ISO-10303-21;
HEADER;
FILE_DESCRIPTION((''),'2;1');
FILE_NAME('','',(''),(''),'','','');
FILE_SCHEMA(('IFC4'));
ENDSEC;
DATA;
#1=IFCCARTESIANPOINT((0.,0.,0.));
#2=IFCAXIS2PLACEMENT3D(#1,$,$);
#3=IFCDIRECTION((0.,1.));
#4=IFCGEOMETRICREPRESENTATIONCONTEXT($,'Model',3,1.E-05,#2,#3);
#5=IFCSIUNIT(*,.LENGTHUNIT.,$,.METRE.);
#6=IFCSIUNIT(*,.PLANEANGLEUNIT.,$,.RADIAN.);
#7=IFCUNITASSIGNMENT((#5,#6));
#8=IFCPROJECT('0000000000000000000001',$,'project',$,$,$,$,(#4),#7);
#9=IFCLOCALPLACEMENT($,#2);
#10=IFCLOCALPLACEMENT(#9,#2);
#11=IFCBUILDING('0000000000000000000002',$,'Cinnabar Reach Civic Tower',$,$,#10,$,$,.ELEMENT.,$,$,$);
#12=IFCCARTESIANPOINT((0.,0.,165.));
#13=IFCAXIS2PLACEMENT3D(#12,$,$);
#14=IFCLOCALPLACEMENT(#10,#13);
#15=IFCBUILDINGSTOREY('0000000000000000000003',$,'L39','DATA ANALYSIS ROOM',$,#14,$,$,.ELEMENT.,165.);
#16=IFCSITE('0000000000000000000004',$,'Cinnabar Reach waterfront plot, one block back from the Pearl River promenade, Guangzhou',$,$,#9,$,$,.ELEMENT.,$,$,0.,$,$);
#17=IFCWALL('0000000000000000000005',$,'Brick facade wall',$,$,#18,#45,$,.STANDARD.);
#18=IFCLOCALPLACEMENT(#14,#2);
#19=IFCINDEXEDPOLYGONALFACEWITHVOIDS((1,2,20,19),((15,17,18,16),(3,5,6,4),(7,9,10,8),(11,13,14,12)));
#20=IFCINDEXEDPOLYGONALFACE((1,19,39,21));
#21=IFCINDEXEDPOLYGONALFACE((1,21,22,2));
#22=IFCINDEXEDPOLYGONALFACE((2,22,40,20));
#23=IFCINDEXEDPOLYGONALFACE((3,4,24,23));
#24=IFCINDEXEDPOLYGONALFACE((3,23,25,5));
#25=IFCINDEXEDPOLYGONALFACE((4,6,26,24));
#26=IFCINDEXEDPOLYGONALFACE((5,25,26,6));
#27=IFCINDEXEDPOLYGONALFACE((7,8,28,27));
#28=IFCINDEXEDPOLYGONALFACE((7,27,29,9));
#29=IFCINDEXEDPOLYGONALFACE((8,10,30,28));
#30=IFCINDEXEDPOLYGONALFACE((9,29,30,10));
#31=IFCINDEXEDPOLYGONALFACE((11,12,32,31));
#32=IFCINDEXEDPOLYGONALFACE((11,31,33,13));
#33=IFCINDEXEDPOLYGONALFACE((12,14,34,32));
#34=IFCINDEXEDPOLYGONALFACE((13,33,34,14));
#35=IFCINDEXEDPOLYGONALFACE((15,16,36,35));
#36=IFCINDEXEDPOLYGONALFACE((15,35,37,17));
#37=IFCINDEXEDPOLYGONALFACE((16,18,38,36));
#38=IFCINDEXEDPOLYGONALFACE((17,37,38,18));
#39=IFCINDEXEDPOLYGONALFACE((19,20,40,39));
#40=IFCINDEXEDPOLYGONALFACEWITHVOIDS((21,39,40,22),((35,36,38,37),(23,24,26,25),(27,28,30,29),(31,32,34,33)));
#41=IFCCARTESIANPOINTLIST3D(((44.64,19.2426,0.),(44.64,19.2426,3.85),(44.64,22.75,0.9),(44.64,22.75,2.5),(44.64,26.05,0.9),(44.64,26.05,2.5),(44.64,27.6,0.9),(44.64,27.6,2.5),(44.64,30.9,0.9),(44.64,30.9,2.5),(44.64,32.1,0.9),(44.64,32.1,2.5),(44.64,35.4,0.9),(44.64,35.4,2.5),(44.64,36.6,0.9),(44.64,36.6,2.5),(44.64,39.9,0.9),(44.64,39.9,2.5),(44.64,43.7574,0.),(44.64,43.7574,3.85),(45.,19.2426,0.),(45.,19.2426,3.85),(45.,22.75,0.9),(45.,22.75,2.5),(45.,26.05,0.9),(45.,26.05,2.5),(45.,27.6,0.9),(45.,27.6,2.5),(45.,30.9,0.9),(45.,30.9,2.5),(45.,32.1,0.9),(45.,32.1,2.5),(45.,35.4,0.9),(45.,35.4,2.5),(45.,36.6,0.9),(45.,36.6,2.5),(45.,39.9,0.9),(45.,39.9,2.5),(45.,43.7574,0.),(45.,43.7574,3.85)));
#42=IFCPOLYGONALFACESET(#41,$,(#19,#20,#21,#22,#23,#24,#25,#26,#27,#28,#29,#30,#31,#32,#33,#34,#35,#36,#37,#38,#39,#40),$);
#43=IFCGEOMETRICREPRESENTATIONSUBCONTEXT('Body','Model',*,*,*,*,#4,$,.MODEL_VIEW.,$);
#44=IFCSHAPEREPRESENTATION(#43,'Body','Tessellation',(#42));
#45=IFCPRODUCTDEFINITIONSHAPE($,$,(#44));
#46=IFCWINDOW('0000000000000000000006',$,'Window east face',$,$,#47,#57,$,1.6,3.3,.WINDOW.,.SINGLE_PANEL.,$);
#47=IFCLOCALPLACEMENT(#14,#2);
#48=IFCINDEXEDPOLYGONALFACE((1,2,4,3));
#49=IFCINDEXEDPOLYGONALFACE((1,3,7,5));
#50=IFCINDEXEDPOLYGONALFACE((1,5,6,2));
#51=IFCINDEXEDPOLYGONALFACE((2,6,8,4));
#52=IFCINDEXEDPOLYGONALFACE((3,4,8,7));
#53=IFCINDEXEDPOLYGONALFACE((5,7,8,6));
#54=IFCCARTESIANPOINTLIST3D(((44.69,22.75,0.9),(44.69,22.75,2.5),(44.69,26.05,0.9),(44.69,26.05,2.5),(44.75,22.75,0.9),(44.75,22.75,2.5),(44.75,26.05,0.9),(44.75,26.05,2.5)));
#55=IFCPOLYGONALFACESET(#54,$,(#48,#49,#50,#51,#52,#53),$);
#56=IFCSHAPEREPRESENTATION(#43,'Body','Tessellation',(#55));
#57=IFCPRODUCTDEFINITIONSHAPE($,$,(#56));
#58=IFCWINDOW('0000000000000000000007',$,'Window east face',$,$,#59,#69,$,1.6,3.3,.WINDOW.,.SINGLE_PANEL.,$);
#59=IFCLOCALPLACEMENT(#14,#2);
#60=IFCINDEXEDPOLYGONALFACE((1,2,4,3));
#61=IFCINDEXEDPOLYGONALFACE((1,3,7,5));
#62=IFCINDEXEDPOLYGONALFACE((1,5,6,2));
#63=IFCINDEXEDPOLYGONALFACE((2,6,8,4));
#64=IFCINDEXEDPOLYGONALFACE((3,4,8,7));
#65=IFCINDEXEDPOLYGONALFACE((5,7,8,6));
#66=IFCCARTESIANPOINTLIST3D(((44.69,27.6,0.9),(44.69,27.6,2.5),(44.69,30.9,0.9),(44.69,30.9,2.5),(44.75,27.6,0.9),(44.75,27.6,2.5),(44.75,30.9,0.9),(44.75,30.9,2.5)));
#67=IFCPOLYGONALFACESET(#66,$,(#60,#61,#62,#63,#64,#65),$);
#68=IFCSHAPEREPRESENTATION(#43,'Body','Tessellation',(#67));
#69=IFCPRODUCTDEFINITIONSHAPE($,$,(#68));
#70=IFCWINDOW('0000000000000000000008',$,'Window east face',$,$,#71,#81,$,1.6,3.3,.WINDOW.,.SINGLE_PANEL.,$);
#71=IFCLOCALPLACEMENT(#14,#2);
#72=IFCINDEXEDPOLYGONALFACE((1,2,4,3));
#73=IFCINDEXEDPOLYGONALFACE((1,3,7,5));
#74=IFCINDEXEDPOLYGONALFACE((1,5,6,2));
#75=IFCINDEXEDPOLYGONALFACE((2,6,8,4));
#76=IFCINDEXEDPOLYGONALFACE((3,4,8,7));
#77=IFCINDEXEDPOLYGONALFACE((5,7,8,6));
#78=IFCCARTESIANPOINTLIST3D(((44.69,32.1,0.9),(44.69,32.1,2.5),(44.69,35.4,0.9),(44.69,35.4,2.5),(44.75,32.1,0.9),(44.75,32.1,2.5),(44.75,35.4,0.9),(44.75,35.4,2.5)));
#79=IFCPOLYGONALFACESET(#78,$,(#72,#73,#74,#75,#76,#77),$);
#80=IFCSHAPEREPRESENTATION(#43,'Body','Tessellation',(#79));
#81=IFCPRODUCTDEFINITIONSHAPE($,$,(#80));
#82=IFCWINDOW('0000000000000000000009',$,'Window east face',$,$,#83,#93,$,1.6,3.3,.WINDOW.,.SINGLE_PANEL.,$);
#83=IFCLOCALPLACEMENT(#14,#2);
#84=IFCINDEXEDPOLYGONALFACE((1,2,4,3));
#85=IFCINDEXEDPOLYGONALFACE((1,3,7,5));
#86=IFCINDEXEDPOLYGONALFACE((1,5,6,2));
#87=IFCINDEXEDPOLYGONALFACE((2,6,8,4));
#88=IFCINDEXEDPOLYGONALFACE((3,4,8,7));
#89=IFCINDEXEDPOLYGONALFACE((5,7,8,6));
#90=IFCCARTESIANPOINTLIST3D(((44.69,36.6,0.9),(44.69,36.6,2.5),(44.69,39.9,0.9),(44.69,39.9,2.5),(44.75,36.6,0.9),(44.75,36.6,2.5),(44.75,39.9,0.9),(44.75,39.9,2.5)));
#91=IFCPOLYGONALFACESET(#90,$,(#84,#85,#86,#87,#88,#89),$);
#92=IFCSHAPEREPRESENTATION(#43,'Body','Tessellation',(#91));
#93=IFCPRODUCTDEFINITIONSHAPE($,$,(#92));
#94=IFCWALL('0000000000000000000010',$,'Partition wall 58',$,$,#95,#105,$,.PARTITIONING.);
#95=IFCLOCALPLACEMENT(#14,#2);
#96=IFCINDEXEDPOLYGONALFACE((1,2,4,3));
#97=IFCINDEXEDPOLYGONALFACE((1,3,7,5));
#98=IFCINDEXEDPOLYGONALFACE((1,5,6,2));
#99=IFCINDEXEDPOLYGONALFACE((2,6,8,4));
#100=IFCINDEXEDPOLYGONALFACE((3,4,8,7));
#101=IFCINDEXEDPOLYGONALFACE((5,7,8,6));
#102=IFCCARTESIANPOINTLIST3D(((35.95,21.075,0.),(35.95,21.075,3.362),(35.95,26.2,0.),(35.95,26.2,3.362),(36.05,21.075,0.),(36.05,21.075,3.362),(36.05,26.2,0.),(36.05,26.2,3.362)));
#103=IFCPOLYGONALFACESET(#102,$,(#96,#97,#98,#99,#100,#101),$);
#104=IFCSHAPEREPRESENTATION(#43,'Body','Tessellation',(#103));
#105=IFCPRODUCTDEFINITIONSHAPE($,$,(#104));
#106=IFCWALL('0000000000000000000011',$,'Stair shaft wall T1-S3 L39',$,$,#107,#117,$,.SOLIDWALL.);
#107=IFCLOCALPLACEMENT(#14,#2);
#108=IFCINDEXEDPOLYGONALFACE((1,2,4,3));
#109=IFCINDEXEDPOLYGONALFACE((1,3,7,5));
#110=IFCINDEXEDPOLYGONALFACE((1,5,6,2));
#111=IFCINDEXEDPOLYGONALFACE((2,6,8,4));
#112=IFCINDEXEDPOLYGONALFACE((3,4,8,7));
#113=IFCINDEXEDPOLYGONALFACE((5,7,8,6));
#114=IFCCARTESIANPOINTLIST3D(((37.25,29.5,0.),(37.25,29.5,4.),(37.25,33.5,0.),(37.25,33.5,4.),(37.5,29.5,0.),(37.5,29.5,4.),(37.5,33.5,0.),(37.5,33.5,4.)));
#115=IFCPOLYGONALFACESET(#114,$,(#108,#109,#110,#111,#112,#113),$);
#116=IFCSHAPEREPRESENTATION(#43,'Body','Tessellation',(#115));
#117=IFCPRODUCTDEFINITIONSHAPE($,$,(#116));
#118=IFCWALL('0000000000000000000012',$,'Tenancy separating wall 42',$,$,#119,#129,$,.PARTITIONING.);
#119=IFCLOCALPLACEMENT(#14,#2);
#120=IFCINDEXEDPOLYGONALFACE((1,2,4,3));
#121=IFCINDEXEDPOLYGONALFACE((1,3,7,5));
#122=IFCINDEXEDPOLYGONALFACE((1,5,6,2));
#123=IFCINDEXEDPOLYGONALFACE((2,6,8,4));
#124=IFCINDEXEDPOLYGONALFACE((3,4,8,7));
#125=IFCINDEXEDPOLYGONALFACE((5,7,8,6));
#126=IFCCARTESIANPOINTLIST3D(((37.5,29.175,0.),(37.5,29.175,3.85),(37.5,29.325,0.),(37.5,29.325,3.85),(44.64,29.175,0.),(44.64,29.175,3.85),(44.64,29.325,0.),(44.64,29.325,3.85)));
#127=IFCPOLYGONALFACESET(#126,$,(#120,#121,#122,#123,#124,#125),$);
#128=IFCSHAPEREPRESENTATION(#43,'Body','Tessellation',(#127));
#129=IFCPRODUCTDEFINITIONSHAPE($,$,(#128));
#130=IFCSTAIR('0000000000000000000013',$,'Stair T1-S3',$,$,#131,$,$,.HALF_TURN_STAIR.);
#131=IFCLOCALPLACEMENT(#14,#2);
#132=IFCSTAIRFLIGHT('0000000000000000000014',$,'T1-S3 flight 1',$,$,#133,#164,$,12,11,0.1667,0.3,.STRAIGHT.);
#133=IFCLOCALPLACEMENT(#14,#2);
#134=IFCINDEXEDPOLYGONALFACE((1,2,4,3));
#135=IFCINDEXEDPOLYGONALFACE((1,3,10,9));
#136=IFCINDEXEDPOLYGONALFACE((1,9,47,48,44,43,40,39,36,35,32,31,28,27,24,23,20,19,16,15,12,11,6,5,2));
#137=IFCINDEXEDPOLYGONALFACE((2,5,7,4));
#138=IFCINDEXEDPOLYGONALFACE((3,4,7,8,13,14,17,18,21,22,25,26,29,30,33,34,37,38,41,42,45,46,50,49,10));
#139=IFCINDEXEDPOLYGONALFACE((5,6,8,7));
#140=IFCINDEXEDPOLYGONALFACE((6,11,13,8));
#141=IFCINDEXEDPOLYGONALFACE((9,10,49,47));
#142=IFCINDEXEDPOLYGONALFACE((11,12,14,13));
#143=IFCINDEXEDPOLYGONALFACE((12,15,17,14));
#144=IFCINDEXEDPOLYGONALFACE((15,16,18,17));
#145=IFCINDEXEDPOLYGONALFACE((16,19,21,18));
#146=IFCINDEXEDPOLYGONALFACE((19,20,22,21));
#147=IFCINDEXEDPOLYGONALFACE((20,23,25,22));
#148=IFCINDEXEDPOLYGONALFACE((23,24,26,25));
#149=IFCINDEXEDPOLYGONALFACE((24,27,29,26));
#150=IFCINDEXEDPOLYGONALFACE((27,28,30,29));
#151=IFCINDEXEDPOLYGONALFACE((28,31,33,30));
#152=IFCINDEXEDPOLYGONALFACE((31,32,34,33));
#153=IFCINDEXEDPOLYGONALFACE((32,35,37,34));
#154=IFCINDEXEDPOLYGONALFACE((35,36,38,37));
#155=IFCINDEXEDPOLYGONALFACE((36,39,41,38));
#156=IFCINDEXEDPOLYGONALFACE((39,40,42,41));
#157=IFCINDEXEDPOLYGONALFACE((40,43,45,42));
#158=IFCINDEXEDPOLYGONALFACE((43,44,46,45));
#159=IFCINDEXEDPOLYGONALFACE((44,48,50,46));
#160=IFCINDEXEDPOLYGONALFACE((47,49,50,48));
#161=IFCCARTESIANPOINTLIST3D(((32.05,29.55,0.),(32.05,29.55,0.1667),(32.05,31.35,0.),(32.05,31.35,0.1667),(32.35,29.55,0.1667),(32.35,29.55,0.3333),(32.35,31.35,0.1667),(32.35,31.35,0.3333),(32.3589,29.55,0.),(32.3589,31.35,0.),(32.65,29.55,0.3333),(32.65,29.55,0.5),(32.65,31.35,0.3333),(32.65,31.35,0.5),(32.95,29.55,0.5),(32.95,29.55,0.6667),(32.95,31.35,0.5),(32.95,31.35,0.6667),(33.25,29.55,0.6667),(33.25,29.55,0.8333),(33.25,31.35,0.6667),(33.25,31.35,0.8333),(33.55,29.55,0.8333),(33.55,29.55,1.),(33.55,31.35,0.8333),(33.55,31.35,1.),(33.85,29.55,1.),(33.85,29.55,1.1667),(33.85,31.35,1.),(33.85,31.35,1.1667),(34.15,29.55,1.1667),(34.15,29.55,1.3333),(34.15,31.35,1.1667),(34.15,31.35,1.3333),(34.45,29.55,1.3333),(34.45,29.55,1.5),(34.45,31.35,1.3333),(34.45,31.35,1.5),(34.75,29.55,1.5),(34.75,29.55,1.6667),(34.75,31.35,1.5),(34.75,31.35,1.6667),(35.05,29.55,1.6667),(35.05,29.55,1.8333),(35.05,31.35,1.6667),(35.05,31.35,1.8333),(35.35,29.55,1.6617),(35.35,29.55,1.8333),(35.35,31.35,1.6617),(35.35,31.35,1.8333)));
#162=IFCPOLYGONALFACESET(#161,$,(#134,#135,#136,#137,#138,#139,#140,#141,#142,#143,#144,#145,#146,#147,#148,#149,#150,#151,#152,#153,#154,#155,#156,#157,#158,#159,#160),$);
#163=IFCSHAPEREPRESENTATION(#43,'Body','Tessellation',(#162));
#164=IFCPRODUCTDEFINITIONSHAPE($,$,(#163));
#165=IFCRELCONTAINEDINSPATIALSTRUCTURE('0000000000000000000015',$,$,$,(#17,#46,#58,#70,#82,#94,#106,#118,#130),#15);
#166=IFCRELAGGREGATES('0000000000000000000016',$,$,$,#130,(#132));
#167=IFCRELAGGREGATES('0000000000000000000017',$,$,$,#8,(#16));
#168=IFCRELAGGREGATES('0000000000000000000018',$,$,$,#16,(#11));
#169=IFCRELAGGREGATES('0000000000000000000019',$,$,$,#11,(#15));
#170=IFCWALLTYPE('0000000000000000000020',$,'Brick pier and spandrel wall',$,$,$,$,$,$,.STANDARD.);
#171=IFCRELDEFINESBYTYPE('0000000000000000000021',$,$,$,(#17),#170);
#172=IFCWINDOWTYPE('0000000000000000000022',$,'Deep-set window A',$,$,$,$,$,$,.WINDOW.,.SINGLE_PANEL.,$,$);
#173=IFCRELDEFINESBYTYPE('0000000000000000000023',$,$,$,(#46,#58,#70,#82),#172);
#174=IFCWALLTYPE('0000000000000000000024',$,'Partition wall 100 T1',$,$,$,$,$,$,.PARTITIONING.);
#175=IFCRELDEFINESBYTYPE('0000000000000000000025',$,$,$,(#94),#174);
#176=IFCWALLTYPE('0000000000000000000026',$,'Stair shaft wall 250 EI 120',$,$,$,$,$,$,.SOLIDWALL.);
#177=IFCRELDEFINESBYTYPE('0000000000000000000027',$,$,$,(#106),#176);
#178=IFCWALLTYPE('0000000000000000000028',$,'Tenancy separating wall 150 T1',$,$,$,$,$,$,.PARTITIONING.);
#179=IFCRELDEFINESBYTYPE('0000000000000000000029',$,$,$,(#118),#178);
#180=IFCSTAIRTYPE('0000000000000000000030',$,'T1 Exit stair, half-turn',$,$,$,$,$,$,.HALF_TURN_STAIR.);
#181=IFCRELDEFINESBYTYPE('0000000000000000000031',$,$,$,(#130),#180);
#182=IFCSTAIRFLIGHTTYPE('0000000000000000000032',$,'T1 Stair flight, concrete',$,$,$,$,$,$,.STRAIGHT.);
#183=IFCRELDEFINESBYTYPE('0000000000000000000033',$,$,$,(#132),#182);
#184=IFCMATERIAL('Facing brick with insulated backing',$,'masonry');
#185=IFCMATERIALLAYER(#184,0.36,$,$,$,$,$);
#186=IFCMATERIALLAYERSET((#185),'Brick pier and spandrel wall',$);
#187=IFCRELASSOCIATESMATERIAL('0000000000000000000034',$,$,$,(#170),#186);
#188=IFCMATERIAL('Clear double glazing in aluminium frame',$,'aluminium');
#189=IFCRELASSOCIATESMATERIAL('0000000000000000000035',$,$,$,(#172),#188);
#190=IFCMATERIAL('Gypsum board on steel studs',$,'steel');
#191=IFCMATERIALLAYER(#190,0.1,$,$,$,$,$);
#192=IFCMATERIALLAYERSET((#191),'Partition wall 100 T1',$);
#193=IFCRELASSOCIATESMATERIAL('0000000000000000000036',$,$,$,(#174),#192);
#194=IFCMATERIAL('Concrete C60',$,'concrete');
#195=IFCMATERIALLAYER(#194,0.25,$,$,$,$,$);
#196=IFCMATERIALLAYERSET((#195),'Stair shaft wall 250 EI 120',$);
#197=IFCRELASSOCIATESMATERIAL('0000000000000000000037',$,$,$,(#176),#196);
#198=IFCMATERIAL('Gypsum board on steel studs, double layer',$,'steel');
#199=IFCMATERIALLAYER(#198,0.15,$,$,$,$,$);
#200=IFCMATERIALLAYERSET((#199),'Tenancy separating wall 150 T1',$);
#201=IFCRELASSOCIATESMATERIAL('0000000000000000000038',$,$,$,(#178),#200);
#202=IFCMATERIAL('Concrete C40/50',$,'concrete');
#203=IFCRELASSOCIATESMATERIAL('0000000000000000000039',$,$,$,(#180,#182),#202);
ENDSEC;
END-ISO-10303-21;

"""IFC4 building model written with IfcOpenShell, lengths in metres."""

from ifc_helpers import new_model, si_unit, direction, frame, frame_2d, origin, place, context, subcontext, project, spatial, polyline, rectangle, outline, extrude, material, layer, layer_set, type_object, element, fill, aggregate, save


model = new_model("IFC4")

# Units and contexts
model_context = context("Model", 3, precision=1e-05, world=origin(), true_north=direction((0.0, 1.0)))
body_context = subcontext(model_context, "Body", "Model", "MODEL_VIEW")
ifc_project = project(units=[si_unit("LENGTHUNIT", "METRE"), si_unit("PLANEANGLEUNIT", "RADIAN")], contexts=[model_context])

# Site, building, storey
site_placement = place(None, origin())
site = spatial("IfcSite", under=ifc_project, at=site_placement, Name="Cinnabar Reach waterfront plot, one block back from the Pearl River promenade, Guangzhou", CompositionType="ELEMENT", RefElevation=0.0)
building_placement = place(site_placement, origin())
building = spatial("IfcBuilding", under=site, at=building_placement, Name="Cinnabar Reach Civic Tower", CompositionType="ELEMENT")
storey_placement = place(building_placement, frame((0.0, 0.0, 165.0)))
storey = spatial("IfcBuildingStorey", under=building, at=storey_placement, Name="L39", Description="DATA ANALYSIS ROOM", CompositionType="ELEMENT", Elevation=165.0)

# Shared definitions
ifc_material_1 = material(Name="Facing brick with insulated backing", Category="masonry")

# Wall, openings, windows
ifc_layer_1 = layer(ifc_material_1, 0.36)
ifc_layer_set_1 = layer_set([ifc_layer_1], Name="Brick pier and spandrel wall")
wall_type_1 = type_object("IfcWallType", Name="Brick pier and spandrel wall", PredefinedType="STANDARD", material=ifc_layer_set_1)
wall_1_placement = place(storey_placement, frame((44.82, 19.2426, 0.0), z_axis=(0.0, 0.0, 1.0), x_axis=(0.0, 1.0, 0.0)))
wall_1 = element("IfcWall", 1, at=wall_1_placement, inside=storey, type_object=wall_type_1, Name="Brick facade wall", PredefinedType="STANDARD", context=body_context, shape_type="SweptSolid", body=[
    extrude(rectangle(XDim=24.5148, YDim=0.36, at=frame_2d((12.2574, 0.0))), origin(), (0.0, 0.0, 1.0), 3.85),
])
opening_1_placement = place(wall_1_placement, frame((3.5074, 0.0, 0.9)))
opening_1 = element("IfcOpeningElement", 2, at=opening_1_placement, cuts=wall_1, PredefinedType="OPENING", context=body_context, shape_type="SweptSolid", body=[
    extrude(rectangle(XDim=3.3, YDim=1.6, at=frame_2d((1.65, 0.8))), frame((0.0, 0.19, 0.0), z_axis=(0.0, -1.0, 0.0), x_axis=(1.0, 0.0, 0.0)), (0.0, 0.0, 1.0), 0.38),
])
opening_2_placement = place(wall_1_placement, frame((8.3574, 0.0, 0.9)))
opening_2 = element("IfcOpeningElement", 3, at=opening_2_placement, cuts=wall_1, PredefinedType="OPENING", context=body_context, shape_type="SweptSolid", body=[
    extrude(rectangle(XDim=3.3, YDim=1.6, at=frame_2d((1.65, 0.8))), frame((0.0, 0.19, 0.0), z_axis=(0.0, -1.0, 0.0), x_axis=(1.0, 0.0, 0.0)), (0.0, 0.0, 1.0), 0.38),
])
opening_3_placement = place(wall_1_placement, frame((12.8574, 0.0, 0.9)))
opening_3 = element("IfcOpeningElement", 4, at=opening_3_placement, cuts=wall_1, PredefinedType="OPENING", context=body_context, shape_type="SweptSolid", body=[
    extrude(rectangle(XDim=3.3, YDim=1.6, at=frame_2d((1.65, 0.8))), frame((0.0, 0.19, 0.0), z_axis=(0.0, -1.0, 0.0), x_axis=(1.0, 0.0, 0.0)), (0.0, 0.0, 1.0), 0.38),
])
opening_4_placement = place(wall_1_placement, frame((17.3574, 0.0, 0.9)))
opening_4 = element("IfcOpeningElement", 5, at=opening_4_placement, cuts=wall_1, PredefinedType="OPENING", context=body_context, shape_type="SweptSolid", body=[
    extrude(rectangle(XDim=3.3, YDim=1.6, at=frame_2d((1.65, 0.8))), frame((0.0, 0.19, 0.0), z_axis=(0.0, -1.0, 0.0), x_axis=(1.0, 0.0, 0.0)), (0.0, 0.0, 1.0), 0.38),
])
ifc_material_2 = material(Name="Clear double glazing in aluminium frame", Category="aluminium")
window_type = type_object("IfcWindowType", Name="Deep-set window A", PartitioningType="SINGLE_PANEL", PredefinedType="WINDOW", material=ifc_material_2)
window_1_placement = place(opening_1_placement, origin())
window_1 = element("IfcWindow", 6, at=window_1_placement, inside=storey, type_object=window_type, Name="Window east face", OverallHeight=1.6, OverallWidth=3.3, PartitioningType="SINGLE_PANEL", PredefinedType="WINDOW", context=body_context, shape_type="SweptSolid", body=[
    extrude(rectangle(XDim=3.3, YDim=1.6, at=frame_2d((1.65, 0.8))), frame((0.0, 0.13, 0.0), z_axis=(0.0, -1.0, 0.0), x_axis=(1.0, 0.0, 0.0)), (0.0, 0.0, 1.0), 0.06),
])
fill(opening_1, window_1)
window_2_placement = place(opening_2_placement, origin())
window_2 = element("IfcWindow", 7, at=window_2_placement, inside=storey, type_object=window_type, Name="Window east face", OverallHeight=1.6, OverallWidth=3.3, PartitioningType="SINGLE_PANEL", PredefinedType="WINDOW", context=body_context, shape_type="SweptSolid", body=[
    extrude(rectangle(XDim=3.3, YDim=1.6, at=frame_2d((1.65, 0.8))), frame((0.0, 0.13, 0.0), z_axis=(0.0, -1.0, 0.0), x_axis=(1.0, 0.0, 0.0)), (0.0, 0.0, 1.0), 0.06),
])
fill(opening_2, window_2)
window_3_placement = place(opening_3_placement, origin())
window_3 = element("IfcWindow", 8, at=window_3_placement, inside=storey, type_object=window_type, Name="Window east face", OverallHeight=1.6, OverallWidth=3.3, PartitioningType="SINGLE_PANEL", PredefinedType="WINDOW", context=body_context, shape_type="SweptSolid", body=[
    extrude(rectangle(XDim=3.3, YDim=1.6, at=frame_2d((1.65, 0.8))), frame((0.0, 0.13, 0.0), z_axis=(0.0, -1.0, 0.0), x_axis=(1.0, 0.0, 0.0)), (0.0, 0.0, 1.0), 0.06),
])
fill(opening_3, window_3)
window_4_placement = place(opening_4_placement, origin())
window_4 = element("IfcWindow", 9, at=window_4_placement, inside=storey, type_object=window_type, Name="Window east face", OverallHeight=1.6, OverallWidth=3.3, PartitioningType="SINGLE_PANEL", PredefinedType="WINDOW", context=body_context, shape_type="SweptSolid", body=[
    extrude(rectangle(XDim=3.3, YDim=1.6, at=frame_2d((1.65, 0.8))), frame((0.0, 0.13, 0.0), z_axis=(0.0, -1.0, 0.0), x_axis=(1.0, 0.0, 0.0)), (0.0, 0.0, 1.0), 0.06),
])
fill(opening_4, window_4)

# Walls
ifc_material_3 = material(Name="Gypsum board on steel studs", Category="steel")
ifc_layer_2 = layer(ifc_material_3, 0.1)
ifc_layer_set_2 = layer_set([ifc_layer_2], Name="Partition wall 100 T1")
wall_type_2 = type_object("IfcWallType", Name="Partition wall 100 T1", PredefinedType="PARTITIONING", material=ifc_layer_set_2)
wall_2_placement = place(storey_placement, frame((36.0, 21.075, 0.0), z_axis=(0.0, 0.0, 1.0), x_axis=(0.0, 1.0, 0.0)))
element("IfcWall", 10, at=wall_2_placement, inside=storey, type_object=wall_type_2, Name="Partition wall 58", PredefinedType="PARTITIONING", context=body_context, shape_type="SweptSolid", body=[
    extrude(rectangle(XDim=5.125, YDim=0.1, at=frame_2d((2.5625, 0.0))), origin(), (0.0, 0.0, 1.0), 3.362),
])
ifc_material_4 = material(Name="Concrete C60", Category="concrete")
ifc_layer_3 = layer(ifc_material_4, 0.25)
ifc_layer_set_3 = layer_set([ifc_layer_3], Name="Stair shaft wall 250 EI 120")
wall_type_3 = type_object("IfcWallType", Name="Stair shaft wall 250 EI 120", PredefinedType="SOLIDWALL", material=ifc_layer_set_3)
wall_3_placement = place(storey_placement, frame((37.375, 29.5, 0.0), z_axis=(0.0, 0.0, 1.0), x_axis=(0.0, 1.0, 0.0)))
element("IfcWall", 11, at=wall_3_placement, inside=storey, type_object=wall_type_3, Name="Stair shaft wall T1-S3 L39", PredefinedType="SOLIDWALL", context=body_context, shape_type="SweptSolid", body=[
    extrude(rectangle(XDim=4.0, YDim=0.25, at=frame_2d((2.0, 0.0))), origin(), (0.0, 0.0, 1.0), 4.0),
])
ifc_material_5 = material(Name="Gypsum board on steel studs, double layer", Category="steel")
ifc_layer_4 = layer(ifc_material_5, 0.15)
ifc_layer_set_4 = layer_set([ifc_layer_4], Name="Tenancy separating wall 150 T1")
wall_type_4 = type_object("IfcWallType", Name="Tenancy separating wall 150 T1", PredefinedType="PARTITIONING", material=ifc_layer_set_4)
wall_4_placement = place(storey_placement, frame((37.5, 29.25, 0.0), z_axis=(0.0, 0.0, 1.0), x_axis=(1.0, 0.0, 0.0)))
element("IfcWall", 12, at=wall_4_placement, inside=storey, type_object=wall_type_4, Name="Tenancy separating wall 42", PredefinedType="PARTITIONING", context=body_context, shape_type="SweptSolid", body=[
    extrude(rectangle(XDim=7.14, YDim=0.15, at=frame_2d((3.57, 0.0))), origin(), (0.0, 0.0, 1.0), 3.85),
])

# Stair, stair flight
ifc_material_6 = material(Name="Concrete C40/50", Category="concrete")
stair_type = type_object("IfcStairType", Name="T1 Exit stair, half-turn", PredefinedType="HALF_TURN_STAIR", material=ifc_material_6)
stair_placement = place(storey_placement, origin())
stair = element("IfcStair", 13, at=stair_placement, inside=storey, type_object=stair_type, Name="Stair T1-S3", PredefinedType="HALF_TURN_STAIR")
stair_flight_type = type_object("IfcStairFlightType", Name="T1 Stair flight, concrete", PredefinedType="STRAIGHT", material=ifc_material_6)
stair_flight_placement = place(storey_placement, frame((32.05, 30.45, 0.0), z_axis=(0.0, 0.0, 1.0), x_axis=(1.0, 0.0, 0.0)))
stair_flight = element("IfcStairFlight", 14, at=stair_flight_placement, type_object=stair_flight_type, Name="T1-S3 flight 1", NumberOfRisers=12, NumberOfTreads=11, PredefinedType="STRAIGHT", RiserHeight=0.1667, TreadLength=0.3, context=body_context, shape_type="SweptSolid", body=[
    extrude(outline(polyline([(0.0, 0.0), (0.0, 0.1667), (0.3, 0.1667), (0.3, 0.3333), (0.6, 0.3333), (0.6, 0.5), (0.9, 0.5), (0.9, 0.6667), (1.2, 0.6667), (1.2, 0.8333), (1.5, 0.8333), (1.5, 1.0), (1.8, 1.0), (1.8, 1.1667), (2.1, 1.1667), (2.1, 1.3333), (2.4, 1.3333), (2.4, 1.5), (2.7, 1.5), (2.7, 1.6667), (3.0, 1.6667), (3.0, 1.8333), (3.3, 1.8333), (3.3, 2.0), (3.3, 1.6617), (0.3089, 0.0), (0.0, 0.0)])), frame((0.0, 0.9, 0.0), z_axis=(0.0, -1.0, 0.0), x_axis=(1.0, 0.0, 0.0)), (0.0, 0.0, 1.0), 1.8),
])
aggregate(stair, [stair_flight])

save(model, "model.ifc")
